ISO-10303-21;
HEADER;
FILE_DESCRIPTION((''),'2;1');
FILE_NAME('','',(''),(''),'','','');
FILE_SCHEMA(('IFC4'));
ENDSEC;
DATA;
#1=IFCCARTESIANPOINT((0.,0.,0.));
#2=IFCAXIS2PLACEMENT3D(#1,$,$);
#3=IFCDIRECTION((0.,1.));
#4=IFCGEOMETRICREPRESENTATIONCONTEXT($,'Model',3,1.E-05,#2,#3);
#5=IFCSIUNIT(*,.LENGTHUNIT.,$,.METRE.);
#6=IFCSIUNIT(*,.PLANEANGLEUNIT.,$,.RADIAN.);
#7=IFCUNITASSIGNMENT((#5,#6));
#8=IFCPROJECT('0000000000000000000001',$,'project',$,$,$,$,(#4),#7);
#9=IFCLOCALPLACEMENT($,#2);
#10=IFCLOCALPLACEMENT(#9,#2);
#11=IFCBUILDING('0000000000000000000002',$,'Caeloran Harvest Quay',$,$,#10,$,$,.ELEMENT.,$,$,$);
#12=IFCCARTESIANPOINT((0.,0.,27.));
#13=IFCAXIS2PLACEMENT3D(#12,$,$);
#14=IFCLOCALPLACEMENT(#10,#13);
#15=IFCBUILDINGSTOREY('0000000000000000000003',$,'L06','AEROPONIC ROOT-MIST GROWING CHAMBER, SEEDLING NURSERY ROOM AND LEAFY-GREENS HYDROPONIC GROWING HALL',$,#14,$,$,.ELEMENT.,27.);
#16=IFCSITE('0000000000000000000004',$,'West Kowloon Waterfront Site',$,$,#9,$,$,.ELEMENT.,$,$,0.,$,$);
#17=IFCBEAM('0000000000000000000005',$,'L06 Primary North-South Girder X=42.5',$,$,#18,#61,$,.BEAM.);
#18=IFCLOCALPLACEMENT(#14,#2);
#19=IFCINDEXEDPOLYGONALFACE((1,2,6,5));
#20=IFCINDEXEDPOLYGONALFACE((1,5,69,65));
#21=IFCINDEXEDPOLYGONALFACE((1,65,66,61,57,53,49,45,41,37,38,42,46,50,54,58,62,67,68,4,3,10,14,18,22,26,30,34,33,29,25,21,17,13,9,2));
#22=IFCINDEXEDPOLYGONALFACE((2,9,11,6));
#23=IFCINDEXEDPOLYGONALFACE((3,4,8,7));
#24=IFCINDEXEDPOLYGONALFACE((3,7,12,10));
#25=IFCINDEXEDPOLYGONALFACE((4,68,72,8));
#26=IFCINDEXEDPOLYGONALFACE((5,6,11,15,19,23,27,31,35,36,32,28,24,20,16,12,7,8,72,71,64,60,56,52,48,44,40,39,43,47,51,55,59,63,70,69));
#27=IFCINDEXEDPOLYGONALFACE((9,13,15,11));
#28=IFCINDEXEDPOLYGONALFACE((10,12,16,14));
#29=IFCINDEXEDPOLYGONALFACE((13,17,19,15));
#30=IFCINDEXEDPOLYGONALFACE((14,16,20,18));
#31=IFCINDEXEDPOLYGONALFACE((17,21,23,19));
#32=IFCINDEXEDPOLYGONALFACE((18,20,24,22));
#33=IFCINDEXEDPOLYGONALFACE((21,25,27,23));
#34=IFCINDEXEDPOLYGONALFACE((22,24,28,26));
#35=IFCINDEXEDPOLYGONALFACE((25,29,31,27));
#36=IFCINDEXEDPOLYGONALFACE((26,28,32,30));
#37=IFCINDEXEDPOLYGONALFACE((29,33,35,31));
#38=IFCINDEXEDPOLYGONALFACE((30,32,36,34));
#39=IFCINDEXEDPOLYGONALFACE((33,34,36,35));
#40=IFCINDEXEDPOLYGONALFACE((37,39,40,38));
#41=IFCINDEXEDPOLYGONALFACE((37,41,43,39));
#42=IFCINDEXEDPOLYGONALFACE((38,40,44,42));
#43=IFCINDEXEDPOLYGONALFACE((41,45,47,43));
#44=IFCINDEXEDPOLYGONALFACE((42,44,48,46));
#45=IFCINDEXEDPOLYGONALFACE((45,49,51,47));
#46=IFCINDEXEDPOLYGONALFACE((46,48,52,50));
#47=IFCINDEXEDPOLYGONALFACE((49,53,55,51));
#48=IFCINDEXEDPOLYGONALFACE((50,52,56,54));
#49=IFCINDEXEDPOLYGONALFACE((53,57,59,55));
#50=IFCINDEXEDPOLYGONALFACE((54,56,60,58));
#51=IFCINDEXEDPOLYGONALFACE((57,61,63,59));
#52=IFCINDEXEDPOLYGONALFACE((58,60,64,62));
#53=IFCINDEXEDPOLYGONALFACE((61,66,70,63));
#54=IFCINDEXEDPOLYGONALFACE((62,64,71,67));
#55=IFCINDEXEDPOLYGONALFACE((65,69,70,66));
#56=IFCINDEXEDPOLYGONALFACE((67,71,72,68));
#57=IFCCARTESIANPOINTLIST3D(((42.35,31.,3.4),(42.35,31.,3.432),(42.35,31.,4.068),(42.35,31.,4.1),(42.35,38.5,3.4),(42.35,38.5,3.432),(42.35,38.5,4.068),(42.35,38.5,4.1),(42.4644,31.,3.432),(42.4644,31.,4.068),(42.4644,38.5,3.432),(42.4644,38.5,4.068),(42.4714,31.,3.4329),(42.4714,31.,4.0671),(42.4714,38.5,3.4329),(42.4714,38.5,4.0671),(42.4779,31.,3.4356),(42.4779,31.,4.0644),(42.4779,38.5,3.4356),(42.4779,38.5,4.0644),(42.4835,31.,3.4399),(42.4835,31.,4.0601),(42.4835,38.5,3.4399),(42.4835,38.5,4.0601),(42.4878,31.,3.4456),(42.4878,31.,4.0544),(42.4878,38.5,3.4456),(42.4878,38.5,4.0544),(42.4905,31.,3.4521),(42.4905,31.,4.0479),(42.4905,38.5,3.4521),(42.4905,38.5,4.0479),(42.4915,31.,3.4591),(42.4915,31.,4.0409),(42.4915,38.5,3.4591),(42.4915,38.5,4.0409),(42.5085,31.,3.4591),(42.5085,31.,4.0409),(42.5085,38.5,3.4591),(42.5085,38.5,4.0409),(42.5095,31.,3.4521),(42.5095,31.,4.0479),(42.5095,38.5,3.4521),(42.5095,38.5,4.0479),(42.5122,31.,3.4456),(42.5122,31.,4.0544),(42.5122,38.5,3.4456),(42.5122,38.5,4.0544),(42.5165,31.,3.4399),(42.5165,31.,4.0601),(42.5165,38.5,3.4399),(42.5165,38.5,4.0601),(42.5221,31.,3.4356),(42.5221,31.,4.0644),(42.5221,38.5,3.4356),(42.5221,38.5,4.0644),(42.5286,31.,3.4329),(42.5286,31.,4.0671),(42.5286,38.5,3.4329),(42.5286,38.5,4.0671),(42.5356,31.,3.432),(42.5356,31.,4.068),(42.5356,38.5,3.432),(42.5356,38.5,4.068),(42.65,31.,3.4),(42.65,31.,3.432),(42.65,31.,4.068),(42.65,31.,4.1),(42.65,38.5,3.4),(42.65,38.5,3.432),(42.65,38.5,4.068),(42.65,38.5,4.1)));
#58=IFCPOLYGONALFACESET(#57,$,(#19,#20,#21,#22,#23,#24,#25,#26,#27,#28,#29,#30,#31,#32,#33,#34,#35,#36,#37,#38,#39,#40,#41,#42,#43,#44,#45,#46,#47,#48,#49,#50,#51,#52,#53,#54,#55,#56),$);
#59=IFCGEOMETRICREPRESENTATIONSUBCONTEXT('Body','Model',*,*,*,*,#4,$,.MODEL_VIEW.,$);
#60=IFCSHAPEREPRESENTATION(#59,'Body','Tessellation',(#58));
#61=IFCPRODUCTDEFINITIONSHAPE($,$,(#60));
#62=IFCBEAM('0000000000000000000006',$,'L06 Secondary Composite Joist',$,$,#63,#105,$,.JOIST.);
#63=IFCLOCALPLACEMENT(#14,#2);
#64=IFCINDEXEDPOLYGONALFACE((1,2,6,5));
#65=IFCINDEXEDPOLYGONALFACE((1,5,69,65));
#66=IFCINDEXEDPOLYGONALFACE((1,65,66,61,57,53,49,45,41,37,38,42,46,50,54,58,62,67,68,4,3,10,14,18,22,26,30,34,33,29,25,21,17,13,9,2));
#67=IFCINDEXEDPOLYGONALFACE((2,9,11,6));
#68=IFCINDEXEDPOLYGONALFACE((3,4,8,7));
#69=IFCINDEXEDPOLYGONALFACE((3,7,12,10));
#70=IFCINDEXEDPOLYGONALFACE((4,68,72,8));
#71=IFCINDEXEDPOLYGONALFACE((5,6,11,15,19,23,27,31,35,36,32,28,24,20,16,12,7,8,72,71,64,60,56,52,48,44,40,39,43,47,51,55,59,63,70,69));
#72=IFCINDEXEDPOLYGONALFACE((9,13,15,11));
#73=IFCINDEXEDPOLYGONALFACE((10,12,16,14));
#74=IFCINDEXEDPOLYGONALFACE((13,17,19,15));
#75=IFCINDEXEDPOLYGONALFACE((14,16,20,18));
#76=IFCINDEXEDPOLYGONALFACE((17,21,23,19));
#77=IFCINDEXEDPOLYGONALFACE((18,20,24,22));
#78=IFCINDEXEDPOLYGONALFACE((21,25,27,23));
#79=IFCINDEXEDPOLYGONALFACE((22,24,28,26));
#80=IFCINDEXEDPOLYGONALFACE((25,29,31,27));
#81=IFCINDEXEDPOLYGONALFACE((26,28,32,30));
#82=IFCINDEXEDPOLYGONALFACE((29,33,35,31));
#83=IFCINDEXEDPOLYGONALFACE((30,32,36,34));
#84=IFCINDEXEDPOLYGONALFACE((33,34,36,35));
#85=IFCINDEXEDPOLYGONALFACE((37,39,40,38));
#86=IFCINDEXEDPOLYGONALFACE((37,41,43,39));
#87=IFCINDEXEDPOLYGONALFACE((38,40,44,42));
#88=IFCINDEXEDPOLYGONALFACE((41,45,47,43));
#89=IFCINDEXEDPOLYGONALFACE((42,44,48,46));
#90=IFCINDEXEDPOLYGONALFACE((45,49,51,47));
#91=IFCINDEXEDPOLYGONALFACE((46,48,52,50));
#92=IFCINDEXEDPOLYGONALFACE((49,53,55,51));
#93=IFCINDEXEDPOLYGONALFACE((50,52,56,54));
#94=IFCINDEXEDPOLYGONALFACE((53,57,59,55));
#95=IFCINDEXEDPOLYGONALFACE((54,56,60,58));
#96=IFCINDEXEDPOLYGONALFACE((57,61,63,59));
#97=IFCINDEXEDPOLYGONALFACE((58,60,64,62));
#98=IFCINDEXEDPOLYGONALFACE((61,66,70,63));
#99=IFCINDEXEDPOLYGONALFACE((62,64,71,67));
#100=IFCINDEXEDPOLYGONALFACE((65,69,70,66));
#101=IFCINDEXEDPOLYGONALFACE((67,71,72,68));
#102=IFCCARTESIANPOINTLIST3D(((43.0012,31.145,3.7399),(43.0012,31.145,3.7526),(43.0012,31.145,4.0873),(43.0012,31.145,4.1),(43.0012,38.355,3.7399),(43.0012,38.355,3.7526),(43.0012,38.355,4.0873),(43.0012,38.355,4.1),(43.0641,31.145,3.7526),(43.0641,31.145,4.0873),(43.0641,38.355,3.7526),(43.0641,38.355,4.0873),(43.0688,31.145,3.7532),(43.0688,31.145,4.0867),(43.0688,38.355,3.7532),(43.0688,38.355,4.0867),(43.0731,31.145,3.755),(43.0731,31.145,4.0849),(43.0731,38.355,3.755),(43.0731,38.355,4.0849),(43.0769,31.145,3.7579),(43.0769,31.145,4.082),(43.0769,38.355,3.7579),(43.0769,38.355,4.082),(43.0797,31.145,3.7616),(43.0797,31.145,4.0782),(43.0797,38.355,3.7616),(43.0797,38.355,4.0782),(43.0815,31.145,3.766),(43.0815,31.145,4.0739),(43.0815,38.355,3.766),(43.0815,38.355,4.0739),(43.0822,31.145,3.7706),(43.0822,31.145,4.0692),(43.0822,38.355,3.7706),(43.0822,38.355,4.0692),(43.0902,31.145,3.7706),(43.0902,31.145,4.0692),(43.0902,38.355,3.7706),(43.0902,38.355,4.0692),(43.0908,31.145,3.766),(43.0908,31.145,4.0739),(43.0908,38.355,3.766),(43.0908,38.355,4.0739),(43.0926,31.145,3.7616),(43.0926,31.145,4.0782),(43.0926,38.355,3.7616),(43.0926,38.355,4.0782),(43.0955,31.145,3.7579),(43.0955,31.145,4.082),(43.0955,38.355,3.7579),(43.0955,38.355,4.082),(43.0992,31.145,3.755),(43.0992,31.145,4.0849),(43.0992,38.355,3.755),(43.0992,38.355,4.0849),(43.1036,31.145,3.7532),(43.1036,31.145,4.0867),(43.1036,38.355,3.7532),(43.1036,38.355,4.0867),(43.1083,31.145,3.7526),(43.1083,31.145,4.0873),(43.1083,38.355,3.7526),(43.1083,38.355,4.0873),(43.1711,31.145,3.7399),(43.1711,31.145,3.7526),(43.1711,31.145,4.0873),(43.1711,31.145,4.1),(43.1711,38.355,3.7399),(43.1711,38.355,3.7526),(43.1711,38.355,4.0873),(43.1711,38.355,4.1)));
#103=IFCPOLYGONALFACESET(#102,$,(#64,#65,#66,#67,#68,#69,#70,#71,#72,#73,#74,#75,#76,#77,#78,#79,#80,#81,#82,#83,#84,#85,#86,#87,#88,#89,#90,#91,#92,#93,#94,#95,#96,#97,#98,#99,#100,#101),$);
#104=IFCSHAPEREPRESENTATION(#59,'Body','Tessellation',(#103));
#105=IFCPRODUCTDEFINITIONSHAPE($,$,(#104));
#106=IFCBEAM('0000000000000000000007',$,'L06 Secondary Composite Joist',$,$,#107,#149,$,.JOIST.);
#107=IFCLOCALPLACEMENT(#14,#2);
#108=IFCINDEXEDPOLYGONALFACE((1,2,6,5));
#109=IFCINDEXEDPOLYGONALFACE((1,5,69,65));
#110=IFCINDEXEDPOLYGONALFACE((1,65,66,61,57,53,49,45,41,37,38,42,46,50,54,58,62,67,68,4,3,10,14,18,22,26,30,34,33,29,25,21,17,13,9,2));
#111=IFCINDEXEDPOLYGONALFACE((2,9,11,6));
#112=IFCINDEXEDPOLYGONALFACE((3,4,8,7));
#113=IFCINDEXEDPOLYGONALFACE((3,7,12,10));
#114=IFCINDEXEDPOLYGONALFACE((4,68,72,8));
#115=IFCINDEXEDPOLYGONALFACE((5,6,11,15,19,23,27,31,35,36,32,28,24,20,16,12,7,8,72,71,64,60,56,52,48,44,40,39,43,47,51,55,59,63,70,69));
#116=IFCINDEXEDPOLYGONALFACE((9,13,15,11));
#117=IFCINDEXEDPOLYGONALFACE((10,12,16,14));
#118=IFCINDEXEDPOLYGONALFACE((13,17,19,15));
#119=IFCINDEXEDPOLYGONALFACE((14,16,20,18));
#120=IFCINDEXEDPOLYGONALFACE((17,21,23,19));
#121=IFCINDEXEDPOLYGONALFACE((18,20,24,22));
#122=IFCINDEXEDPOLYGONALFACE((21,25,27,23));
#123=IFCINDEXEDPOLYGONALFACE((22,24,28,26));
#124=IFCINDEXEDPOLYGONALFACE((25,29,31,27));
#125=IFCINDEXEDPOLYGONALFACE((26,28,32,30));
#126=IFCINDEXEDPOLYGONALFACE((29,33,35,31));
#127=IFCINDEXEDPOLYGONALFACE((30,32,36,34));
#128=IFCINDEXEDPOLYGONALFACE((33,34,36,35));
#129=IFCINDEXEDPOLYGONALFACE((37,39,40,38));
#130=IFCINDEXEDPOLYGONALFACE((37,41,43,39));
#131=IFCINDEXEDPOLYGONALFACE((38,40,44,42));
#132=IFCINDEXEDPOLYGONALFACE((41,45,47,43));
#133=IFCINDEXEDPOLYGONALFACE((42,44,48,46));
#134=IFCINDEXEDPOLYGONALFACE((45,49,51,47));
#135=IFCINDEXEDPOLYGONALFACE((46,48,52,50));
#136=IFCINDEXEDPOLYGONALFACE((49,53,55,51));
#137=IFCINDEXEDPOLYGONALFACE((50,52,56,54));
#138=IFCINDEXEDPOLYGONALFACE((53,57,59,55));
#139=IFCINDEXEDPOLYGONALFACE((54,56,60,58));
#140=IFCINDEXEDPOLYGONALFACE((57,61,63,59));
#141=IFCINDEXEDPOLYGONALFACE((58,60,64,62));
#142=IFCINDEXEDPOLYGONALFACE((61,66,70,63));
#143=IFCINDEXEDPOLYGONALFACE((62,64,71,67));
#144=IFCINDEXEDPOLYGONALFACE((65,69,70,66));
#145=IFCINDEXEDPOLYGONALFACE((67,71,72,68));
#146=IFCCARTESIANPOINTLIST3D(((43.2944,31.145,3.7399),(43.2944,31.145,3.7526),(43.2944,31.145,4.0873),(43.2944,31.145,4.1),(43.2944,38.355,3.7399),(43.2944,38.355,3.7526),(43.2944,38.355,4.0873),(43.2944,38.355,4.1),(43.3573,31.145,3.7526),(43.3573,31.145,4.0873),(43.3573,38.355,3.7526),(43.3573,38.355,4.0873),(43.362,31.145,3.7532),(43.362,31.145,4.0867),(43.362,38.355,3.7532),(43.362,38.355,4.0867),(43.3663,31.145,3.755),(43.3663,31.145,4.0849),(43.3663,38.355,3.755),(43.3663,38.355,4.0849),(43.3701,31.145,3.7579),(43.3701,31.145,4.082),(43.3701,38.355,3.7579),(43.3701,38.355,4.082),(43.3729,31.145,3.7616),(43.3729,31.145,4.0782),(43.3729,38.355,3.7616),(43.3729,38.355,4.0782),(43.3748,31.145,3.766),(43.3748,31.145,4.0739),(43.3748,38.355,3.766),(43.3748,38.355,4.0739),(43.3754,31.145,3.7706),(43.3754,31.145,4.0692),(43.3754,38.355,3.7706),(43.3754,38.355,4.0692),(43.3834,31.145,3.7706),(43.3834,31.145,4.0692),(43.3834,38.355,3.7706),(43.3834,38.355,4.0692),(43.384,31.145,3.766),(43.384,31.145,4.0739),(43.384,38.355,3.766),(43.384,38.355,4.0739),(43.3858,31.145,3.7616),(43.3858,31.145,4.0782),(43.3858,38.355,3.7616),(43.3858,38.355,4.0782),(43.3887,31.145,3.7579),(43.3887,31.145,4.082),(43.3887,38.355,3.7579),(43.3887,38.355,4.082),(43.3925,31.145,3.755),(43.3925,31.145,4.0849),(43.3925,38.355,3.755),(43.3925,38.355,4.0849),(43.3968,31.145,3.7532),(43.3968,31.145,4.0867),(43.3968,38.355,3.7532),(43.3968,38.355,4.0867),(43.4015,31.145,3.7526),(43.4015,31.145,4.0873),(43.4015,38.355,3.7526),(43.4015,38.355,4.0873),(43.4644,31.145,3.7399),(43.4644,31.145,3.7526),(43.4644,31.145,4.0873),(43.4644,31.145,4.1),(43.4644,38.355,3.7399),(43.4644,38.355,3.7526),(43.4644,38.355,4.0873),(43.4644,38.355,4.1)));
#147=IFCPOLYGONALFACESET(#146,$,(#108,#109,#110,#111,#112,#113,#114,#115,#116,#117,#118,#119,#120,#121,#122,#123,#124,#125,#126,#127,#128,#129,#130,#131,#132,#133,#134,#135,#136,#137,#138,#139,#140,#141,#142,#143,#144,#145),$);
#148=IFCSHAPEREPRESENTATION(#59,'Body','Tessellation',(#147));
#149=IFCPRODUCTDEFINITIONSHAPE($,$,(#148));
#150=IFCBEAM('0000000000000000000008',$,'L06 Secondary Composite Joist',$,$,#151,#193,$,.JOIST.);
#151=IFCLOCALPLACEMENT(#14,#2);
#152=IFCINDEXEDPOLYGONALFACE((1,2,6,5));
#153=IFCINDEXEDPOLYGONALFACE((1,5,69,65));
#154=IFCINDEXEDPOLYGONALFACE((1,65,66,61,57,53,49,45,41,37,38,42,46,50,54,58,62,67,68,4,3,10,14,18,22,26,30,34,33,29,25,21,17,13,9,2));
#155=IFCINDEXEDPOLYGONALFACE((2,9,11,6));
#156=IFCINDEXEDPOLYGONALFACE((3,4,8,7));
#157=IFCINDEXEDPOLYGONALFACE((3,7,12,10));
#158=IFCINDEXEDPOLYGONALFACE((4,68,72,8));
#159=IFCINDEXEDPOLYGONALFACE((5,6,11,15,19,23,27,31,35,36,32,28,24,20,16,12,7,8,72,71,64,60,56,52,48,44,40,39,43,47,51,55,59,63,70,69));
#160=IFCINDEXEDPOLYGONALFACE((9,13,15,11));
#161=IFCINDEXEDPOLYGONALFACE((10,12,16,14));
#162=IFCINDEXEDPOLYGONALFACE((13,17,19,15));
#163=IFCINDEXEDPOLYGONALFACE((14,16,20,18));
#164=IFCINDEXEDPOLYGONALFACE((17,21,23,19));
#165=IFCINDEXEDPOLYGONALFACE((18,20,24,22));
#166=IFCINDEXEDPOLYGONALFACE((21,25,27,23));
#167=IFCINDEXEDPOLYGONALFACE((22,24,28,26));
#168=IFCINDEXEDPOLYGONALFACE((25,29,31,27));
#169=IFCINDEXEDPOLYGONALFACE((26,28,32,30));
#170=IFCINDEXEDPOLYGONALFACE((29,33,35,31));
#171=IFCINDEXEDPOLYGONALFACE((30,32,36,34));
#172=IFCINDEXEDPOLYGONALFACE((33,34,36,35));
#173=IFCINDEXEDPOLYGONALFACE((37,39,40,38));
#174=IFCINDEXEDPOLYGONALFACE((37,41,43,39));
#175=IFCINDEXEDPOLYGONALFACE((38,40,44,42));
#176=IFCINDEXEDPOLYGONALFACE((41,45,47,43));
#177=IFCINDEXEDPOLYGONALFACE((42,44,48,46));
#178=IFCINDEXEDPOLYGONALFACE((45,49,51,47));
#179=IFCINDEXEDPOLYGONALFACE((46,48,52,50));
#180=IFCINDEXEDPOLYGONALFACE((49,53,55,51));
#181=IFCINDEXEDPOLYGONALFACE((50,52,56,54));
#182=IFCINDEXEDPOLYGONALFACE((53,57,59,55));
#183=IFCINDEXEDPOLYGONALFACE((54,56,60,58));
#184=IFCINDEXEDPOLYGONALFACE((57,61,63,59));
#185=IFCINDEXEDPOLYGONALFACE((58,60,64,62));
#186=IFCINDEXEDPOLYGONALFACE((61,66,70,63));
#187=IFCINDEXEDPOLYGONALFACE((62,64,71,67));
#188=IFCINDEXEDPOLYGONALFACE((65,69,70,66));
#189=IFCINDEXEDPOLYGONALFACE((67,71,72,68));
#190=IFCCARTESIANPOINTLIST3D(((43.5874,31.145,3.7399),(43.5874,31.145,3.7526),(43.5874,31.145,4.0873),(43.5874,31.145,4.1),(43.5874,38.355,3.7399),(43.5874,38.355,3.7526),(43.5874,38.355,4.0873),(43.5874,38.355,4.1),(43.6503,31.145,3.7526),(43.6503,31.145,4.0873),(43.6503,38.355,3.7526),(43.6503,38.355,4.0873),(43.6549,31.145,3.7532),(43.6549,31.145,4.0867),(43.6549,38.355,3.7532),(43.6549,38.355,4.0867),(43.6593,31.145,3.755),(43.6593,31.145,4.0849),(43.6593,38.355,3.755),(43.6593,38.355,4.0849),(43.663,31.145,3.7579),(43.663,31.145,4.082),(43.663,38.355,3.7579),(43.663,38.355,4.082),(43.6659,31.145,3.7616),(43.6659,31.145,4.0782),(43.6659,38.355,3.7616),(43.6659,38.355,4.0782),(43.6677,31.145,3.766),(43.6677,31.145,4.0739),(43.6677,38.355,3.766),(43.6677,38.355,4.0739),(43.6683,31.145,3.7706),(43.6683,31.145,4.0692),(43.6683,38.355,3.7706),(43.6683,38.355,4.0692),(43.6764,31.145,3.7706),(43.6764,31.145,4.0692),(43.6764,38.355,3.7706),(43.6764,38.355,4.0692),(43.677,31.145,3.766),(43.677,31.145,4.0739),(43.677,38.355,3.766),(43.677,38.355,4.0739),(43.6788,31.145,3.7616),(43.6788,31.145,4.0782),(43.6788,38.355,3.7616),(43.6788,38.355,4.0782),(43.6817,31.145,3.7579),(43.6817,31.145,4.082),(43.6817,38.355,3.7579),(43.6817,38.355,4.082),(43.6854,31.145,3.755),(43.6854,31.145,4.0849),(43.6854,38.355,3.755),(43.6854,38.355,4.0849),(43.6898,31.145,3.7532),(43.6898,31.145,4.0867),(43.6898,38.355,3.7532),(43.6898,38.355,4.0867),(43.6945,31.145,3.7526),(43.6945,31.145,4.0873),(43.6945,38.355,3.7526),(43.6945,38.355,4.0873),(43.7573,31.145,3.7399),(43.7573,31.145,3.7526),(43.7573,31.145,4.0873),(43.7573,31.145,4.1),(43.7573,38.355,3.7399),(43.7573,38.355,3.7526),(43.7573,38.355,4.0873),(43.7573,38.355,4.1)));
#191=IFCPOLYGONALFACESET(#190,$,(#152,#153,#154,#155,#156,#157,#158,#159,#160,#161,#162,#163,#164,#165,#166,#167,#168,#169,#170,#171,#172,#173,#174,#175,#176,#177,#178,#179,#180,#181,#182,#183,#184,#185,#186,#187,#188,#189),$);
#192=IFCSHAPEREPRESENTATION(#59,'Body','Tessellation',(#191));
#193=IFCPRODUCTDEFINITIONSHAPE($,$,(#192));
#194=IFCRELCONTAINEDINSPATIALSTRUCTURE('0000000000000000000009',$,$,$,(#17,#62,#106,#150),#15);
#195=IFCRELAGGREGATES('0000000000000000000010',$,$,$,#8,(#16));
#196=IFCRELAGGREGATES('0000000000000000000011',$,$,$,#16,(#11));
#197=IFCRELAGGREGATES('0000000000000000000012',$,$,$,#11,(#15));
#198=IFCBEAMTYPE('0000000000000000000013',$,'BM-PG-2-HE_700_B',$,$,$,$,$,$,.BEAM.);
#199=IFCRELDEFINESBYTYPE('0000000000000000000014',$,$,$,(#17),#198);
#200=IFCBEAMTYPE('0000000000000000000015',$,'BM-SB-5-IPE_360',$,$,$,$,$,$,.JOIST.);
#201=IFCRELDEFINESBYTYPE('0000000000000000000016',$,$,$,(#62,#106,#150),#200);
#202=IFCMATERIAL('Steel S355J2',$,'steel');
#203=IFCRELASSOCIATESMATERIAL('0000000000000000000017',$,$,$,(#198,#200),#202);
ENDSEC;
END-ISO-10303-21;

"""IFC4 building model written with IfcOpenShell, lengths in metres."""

from ifc_helpers import new_model, si_unit, direction, frame, origin, origin_2d, place, context, subcontext, project, spatial, i_section, extrude, material, material_profile, profile_set, type_object, element, save


model = new_model("IFC4")

# Units and contexts
model_context = context("Model", 3, precision=1e-05, world=origin(), true_north=direction((0.0, 1.0)))
body_context = subcontext(model_context, "Body", "Model", "MODEL_VIEW")
ifc_project = project(units=[si_unit("LENGTHUNIT", "METRE"), si_unit("PLANEANGLEUNIT", "RADIAN")], contexts=[model_context])

# Site, building, storey
site_placement = place(None, origin())
site = spatial("IfcSite", under=ifc_project, at=site_placement, Name="West Kowloon Waterfront Site", CompositionType="ELEMENT", RefElevation=0.0)
building_placement = place(site_placement, origin())
building = spatial("IfcBuilding", under=site, at=building_placement, Name="Caeloran Harvest Quay", CompositionType="ELEMENT")
storey_placement = place(building_placement, frame((0.0, 0.0, 27.0)))
storey = spatial("IfcBuildingStorey", under=building, at=storey_placement, Name="L06", Description="AEROPONIC ROOT-MIST GROWING CHAMBER, SEEDLING NURSERY ROOM AND LEAFY-GREENS HYDROPONIC GROWING HALL", CompositionType="ELEMENT", Elevation=27.0)

# Beams
ifc_material_1 = material(Name="Steel S355J2", Category="steel")
ifc_material_profile_1 = material_profile(ifc_material_1, i_section(OverallWidth=0.3, OverallDepth=0.7, WebThickness=0.0171, FlangeThickness=0.032, FilletRadius=0.0271, at=origin_2d()), Name="HE 700 B")
ifc_profile_set_1 = profile_set([ifc_material_profile_1], Name="Steel S355J2")
beam_type_1 = type_object("IfcBeamType", Name="BM-PG-2-HE_700_B", PredefinedType="BEAM", material=ifc_profile_set_1)
beam_placement = place(storey_placement, frame((42.5, 31.0, 3.75), z_axis=(0.0, 1.0, 0.0), x_axis=(-1.0, 0.0, 0.0)))
element("IfcBeam", 1, at=beam_placement, inside=storey, type_object=beam_type_1, Name="L06 Primary North-South Girder X=42.5", PredefinedType="BEAM", context=body_context, shape_type="SweptSolid", body=[
    extrude(i_section(OverallWidth=0.3, OverallDepth=0.7, WebThickness=0.0171, FlangeThickness=0.032, FilletRadius=0.0271, at=origin_2d()), origin(), (0.0, 0.0, 1.0), 7.5),
])
ifc_material_profile_2 = material_profile(ifc_material_1, i_section(OverallWidth=0.1699, OverallDepth=0.3601, WebThickness=0.0081, FlangeThickness=0.0127, FilletRadius=0.0181, at=origin_2d()), Name="IPE 360")
ifc_profile_set_2 = profile_set([ifc_material_profile_2], Name="Steel S355J2")
beam_type_2 = type_object("IfcBeamType", Name="BM-SB-5-IPE_360", PredefinedType="JOIST", material=ifc_profile_set_2)
for number, where, z_axis, x_axis, name in (
    (2, (43.0862, 31.145, 3.9199), (0.0, 1.0, 0.0), (-1.0, 0.0, 0.0), "L06 Secondary Composite Joist"),
    (3, (43.3794, 31.145, 3.9199), (0.0, 1.0, 0.0), (-1.0, 0.0, 0.0), "L06 Secondary Composite Joist"),
    (4, (43.6724, 31.145, 3.9199), (0.0, 1.0, 0.0), (-1.0, 0.0, 0.0), "L06 Secondary Composite Joist"),
):
    element("IfcBeam", number, at=place(storey_placement, frame(where, z_axis=z_axis, x_axis=x_axis)), inside=storey, type_object=beam_type_2, Name=name, PredefinedType="JOIST", context=body_context, shape_type="SweptSolid", body=[
        extrude(i_section(OverallWidth=0.1699, OverallDepth=0.3601, WebThickness=0.0081, FlangeThickness=0.0127, FilletRadius=0.0181, at=origin_2d()), origin(), (0.0, 0.0, 1.0), 7.21),
    ])

save(model, "model.ifc")
